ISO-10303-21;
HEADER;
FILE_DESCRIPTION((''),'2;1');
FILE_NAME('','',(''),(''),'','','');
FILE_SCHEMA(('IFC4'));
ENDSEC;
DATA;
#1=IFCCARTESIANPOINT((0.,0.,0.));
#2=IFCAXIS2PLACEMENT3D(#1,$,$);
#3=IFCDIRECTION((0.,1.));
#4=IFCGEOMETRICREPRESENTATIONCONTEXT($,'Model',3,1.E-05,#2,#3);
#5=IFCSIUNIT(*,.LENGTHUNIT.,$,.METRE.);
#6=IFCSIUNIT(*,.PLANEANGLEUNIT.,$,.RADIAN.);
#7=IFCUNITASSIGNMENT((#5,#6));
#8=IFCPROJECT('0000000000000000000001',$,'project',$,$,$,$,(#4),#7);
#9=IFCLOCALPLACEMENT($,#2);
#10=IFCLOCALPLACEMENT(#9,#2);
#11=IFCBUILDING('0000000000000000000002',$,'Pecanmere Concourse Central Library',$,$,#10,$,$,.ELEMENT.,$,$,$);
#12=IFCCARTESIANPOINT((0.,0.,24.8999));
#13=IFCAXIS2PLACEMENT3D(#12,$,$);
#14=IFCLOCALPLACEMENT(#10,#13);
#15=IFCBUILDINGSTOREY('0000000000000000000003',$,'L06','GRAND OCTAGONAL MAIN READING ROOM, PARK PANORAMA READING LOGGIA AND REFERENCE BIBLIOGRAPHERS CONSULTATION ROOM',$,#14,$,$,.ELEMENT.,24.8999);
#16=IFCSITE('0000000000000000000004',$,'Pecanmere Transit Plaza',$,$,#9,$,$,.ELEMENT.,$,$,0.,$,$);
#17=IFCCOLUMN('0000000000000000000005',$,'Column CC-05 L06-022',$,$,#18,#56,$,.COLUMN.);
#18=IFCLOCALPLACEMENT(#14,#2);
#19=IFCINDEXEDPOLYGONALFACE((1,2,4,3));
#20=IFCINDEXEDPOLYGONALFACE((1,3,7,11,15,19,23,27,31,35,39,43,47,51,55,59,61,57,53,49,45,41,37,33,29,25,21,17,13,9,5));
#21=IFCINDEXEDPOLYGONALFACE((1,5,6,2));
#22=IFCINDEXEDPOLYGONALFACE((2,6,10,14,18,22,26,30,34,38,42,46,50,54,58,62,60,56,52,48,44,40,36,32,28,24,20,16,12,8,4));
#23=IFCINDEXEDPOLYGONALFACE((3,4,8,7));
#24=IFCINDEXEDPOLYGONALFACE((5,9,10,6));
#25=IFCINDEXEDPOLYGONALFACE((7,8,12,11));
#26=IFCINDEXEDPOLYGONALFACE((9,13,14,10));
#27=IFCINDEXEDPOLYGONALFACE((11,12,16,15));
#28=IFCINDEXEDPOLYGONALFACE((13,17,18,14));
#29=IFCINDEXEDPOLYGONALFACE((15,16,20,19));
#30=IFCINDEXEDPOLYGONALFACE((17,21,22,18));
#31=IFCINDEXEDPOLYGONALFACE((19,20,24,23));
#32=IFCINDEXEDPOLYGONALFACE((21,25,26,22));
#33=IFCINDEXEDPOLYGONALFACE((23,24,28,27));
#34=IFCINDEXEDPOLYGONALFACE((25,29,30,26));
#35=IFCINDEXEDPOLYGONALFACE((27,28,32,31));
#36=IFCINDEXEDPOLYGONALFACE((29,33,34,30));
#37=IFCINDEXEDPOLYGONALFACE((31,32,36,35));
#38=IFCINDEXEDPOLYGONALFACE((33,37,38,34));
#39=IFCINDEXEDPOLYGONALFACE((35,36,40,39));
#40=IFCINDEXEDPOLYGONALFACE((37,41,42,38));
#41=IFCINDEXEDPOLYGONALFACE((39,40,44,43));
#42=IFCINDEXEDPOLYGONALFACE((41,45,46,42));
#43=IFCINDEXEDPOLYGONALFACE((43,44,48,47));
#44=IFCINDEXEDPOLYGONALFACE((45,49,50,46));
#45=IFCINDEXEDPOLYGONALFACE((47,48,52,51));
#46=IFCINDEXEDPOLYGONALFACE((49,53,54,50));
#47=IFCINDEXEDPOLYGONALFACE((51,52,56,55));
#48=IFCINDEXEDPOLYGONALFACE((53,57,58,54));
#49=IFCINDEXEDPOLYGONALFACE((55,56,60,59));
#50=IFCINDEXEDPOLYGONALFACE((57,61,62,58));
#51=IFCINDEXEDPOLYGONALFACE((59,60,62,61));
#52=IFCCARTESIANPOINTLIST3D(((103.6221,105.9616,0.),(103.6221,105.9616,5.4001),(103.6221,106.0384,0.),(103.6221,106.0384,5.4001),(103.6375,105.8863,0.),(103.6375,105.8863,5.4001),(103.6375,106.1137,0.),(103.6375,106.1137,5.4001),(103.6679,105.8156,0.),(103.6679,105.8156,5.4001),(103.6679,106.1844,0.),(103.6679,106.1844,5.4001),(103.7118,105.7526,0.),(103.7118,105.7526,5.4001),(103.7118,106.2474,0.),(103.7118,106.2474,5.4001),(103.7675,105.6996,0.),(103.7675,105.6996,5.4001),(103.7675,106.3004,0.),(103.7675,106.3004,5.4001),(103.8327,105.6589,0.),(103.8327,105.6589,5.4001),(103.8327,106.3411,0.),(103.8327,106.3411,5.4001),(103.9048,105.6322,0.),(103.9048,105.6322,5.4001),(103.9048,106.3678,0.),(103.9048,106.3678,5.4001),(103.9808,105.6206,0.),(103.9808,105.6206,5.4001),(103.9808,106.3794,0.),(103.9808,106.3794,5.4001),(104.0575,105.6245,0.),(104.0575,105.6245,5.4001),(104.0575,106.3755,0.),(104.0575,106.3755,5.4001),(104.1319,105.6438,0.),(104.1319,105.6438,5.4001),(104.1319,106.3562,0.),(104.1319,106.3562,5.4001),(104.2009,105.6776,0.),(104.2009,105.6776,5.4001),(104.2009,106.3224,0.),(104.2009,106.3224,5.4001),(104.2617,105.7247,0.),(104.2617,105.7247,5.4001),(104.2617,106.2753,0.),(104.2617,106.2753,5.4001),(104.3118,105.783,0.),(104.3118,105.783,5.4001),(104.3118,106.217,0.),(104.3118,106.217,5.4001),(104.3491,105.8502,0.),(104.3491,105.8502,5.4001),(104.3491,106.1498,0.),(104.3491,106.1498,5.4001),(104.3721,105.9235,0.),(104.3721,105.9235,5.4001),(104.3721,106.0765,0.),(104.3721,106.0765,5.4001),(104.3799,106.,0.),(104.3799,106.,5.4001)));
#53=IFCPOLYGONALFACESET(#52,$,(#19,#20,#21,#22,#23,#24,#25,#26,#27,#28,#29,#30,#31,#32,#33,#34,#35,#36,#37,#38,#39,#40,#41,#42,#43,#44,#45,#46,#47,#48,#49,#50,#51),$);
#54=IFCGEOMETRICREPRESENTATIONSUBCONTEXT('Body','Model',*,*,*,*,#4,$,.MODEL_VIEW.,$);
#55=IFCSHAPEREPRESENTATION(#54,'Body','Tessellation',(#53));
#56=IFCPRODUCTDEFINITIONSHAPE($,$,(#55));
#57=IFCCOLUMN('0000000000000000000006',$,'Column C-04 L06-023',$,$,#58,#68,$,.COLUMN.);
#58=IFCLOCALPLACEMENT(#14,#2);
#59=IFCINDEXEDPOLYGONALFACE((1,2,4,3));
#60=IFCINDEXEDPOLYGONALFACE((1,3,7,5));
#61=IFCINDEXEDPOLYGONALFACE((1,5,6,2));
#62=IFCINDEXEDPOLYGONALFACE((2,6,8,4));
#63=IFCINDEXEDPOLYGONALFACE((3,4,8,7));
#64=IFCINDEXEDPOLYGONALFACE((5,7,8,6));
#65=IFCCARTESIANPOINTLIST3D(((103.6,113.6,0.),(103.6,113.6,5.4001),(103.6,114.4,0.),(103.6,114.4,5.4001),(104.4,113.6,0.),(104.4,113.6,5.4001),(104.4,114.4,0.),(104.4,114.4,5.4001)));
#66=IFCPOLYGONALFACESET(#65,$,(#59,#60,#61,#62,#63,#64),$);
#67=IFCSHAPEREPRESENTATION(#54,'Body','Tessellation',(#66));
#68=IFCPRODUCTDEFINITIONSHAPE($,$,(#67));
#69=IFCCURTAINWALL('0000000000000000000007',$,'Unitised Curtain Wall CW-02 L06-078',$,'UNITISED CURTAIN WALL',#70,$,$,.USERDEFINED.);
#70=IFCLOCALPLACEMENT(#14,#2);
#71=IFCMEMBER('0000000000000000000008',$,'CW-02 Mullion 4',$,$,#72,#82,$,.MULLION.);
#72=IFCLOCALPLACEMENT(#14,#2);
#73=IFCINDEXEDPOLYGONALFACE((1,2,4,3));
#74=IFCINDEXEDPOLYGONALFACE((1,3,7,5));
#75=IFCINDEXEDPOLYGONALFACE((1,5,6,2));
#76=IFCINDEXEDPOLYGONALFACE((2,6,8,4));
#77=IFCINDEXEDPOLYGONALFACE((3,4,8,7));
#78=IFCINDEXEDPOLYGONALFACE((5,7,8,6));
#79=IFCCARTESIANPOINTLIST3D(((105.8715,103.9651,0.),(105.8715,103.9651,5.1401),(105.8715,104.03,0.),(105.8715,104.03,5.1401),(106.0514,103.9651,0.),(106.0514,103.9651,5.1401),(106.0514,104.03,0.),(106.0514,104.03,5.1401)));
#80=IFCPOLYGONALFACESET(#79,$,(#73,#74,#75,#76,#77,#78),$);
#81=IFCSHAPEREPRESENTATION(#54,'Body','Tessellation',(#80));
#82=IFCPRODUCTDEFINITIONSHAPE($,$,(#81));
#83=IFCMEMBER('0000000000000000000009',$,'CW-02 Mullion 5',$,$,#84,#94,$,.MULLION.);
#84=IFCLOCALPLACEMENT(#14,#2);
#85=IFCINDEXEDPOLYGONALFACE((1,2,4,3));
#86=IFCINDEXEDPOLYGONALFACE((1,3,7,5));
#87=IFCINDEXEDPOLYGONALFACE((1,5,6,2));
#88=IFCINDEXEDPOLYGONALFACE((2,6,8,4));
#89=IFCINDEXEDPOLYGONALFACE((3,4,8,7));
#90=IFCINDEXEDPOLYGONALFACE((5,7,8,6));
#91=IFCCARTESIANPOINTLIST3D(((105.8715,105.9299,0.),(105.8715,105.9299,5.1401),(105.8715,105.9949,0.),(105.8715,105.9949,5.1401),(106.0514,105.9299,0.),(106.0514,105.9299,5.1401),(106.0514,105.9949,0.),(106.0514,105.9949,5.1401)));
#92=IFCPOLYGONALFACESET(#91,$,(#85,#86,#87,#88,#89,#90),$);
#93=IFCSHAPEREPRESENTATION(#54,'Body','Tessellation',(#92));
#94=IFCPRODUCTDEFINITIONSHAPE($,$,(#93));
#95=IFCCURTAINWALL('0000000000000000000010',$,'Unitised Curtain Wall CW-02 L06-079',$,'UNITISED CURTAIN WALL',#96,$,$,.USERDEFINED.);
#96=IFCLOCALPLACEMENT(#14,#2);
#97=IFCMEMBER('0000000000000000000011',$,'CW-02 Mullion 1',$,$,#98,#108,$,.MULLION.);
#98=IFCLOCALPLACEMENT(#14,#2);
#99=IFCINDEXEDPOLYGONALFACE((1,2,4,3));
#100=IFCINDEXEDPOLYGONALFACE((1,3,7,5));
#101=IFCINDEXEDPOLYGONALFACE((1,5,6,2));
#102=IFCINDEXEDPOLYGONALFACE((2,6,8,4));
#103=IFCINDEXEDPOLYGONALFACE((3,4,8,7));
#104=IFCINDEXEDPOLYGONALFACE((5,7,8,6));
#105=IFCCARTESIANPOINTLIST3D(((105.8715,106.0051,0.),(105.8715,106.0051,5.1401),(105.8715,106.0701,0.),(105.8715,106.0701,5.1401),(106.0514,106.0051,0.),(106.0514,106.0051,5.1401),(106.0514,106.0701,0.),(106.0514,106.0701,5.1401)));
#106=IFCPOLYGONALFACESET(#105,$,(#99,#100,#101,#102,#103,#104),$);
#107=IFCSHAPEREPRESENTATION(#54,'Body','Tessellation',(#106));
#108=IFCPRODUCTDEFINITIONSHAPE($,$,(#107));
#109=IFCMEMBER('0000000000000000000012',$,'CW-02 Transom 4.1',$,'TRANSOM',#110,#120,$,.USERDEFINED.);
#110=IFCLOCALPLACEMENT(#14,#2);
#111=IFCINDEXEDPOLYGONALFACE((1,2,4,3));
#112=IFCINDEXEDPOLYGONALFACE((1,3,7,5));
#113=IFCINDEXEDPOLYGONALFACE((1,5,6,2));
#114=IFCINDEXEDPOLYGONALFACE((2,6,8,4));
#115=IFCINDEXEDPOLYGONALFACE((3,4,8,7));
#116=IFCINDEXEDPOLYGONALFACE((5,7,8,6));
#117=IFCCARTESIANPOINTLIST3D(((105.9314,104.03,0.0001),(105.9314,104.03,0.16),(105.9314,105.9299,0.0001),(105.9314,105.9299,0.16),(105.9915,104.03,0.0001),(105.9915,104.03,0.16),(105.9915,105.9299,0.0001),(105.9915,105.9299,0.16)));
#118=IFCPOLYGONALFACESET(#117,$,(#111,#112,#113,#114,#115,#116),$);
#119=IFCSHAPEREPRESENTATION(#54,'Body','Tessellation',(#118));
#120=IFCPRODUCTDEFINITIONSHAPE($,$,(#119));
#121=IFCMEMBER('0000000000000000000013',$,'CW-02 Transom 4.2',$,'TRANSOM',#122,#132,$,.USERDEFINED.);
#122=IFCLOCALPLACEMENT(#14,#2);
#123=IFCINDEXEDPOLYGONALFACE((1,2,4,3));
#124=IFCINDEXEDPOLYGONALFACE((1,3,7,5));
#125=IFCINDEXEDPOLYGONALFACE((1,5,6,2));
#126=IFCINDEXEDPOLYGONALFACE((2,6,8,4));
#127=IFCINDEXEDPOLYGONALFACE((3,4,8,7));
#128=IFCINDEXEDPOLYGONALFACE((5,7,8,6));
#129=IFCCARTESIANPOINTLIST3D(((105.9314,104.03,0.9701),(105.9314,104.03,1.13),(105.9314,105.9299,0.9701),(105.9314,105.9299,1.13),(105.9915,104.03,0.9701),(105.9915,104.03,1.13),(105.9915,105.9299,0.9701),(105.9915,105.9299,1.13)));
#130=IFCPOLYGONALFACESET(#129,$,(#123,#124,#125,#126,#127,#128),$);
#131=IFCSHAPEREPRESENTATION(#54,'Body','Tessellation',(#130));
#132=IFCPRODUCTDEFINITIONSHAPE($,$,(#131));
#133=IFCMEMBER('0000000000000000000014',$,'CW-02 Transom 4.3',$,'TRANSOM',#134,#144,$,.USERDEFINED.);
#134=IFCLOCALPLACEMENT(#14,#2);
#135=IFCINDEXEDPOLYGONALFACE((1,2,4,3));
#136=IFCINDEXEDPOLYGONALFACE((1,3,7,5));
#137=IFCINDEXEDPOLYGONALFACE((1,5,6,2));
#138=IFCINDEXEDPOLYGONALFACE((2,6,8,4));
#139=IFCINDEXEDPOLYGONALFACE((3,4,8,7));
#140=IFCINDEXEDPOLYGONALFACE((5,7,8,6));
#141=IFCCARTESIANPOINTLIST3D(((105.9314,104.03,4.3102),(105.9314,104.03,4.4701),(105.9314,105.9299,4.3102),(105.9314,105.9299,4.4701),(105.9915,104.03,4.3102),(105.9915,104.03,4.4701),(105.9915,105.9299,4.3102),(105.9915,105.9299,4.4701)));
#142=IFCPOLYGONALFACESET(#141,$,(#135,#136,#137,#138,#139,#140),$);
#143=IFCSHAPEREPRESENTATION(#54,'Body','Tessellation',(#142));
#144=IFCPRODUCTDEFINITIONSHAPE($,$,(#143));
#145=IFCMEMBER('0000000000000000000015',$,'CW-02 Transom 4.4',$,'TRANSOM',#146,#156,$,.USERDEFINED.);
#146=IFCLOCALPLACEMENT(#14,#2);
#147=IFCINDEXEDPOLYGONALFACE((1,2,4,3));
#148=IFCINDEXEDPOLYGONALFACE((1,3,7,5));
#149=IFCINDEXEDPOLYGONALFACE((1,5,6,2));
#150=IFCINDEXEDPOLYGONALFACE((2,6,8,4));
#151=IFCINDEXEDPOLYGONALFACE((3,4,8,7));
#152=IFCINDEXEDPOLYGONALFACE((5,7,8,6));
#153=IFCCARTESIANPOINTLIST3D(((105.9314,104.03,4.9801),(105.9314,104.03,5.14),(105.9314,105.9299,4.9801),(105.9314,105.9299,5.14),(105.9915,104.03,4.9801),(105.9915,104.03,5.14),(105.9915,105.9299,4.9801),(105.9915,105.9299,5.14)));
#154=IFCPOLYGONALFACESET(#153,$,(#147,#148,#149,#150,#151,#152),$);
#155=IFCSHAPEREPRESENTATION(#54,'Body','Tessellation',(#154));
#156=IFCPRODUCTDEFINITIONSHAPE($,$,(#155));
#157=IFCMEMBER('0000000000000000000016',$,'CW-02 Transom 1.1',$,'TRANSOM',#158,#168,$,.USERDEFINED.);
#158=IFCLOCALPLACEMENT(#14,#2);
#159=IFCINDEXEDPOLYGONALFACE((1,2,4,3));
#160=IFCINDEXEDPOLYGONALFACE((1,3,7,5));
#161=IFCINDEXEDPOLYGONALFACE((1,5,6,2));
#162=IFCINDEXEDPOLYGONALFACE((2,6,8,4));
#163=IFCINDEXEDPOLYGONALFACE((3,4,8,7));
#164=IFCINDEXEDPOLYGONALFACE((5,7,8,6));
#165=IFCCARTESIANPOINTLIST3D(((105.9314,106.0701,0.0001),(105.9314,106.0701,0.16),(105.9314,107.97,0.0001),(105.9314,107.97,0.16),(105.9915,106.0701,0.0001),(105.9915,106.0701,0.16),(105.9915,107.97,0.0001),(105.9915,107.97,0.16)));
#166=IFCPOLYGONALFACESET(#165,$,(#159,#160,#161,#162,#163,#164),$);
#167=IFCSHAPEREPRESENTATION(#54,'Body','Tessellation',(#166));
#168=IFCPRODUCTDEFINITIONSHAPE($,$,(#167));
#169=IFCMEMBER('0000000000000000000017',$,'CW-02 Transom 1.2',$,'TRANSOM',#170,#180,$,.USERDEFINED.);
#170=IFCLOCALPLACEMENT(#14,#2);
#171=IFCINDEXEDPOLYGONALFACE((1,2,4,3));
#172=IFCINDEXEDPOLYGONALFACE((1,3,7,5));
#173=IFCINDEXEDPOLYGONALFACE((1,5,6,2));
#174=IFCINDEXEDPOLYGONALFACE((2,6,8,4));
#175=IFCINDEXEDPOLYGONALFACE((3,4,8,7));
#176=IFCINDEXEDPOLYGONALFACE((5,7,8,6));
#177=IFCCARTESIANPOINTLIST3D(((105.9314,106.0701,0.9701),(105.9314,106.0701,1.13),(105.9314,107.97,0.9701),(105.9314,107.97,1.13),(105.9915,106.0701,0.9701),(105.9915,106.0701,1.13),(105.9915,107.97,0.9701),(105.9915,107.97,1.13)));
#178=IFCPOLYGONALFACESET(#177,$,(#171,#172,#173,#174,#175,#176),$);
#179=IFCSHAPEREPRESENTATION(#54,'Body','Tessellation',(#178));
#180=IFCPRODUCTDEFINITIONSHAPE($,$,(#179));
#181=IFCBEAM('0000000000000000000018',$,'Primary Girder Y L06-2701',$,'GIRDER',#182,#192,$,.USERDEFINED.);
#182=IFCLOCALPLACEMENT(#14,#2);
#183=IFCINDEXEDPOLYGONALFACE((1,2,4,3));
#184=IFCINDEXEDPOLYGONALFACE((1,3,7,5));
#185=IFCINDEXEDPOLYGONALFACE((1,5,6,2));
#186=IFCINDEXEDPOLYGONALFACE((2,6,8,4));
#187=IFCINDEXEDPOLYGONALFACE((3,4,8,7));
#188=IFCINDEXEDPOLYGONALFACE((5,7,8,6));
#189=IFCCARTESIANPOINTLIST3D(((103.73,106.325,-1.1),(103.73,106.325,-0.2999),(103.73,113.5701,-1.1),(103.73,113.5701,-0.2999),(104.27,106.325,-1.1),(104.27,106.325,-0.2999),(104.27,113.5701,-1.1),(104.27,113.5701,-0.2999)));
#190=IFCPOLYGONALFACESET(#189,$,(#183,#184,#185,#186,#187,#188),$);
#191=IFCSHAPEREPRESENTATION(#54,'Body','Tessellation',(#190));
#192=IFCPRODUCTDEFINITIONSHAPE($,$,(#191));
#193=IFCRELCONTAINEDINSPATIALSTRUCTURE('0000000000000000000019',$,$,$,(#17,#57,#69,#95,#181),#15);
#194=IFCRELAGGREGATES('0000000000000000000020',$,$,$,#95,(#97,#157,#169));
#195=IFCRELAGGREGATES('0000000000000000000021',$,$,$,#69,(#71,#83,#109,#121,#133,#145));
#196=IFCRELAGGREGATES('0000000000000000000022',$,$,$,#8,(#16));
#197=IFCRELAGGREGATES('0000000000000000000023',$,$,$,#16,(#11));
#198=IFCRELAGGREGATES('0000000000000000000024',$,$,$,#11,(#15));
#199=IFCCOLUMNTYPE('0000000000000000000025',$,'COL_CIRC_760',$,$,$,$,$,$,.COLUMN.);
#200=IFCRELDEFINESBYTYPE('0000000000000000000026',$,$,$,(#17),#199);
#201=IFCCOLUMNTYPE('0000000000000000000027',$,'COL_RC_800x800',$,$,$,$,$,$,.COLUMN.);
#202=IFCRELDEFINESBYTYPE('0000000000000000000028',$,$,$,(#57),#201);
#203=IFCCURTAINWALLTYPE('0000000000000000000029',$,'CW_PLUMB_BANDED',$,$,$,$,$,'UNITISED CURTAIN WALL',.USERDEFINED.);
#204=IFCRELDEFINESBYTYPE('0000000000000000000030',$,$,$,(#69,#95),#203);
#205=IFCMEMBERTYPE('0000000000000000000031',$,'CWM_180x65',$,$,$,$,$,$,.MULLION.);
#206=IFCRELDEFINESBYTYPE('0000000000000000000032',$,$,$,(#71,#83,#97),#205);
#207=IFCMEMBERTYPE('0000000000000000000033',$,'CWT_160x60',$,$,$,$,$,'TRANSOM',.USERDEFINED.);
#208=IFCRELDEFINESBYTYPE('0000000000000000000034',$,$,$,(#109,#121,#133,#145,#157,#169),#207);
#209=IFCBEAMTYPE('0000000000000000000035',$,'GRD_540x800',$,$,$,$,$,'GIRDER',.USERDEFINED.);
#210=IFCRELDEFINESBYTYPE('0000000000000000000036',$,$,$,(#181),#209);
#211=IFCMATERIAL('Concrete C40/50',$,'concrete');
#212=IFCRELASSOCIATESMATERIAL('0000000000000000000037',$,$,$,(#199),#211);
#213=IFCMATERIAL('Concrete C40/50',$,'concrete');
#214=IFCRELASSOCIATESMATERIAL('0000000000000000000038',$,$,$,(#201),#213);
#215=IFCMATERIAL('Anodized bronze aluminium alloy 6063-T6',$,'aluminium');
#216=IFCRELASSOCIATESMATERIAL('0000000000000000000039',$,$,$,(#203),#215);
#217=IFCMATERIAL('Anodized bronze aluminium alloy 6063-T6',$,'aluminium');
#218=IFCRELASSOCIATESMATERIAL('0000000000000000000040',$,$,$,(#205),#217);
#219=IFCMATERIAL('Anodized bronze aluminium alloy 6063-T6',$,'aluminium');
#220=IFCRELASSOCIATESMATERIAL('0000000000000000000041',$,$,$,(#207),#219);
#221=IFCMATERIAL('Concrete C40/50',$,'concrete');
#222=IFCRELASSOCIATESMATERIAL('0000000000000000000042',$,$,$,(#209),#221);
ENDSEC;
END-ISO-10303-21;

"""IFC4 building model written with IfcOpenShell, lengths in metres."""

from ifc_helpers import new_model, si_unit, direction, frame, origin, origin_2d, place, context, subcontext, project, spatial, rectangle, circle, extrude, material, material_profile, profile_set, type_object, element, aggregate, save


model = new_model("IFC4")

# Units and contexts
model_context = context("Model", 3, precision=1e-05, world=origin(), true_north=direction((0.0, 1.0)))
body_context = subcontext(model_context, "Body", "Model", "MODEL_VIEW")
ifc_project = project(units=[si_unit("LENGTHUNIT", "METRE"), si_unit("PLANEANGLEUNIT", "RADIAN")], contexts=[model_context])

# Site, building, storey
site_placement = place(None, origin())
site = spatial("IfcSite", under=ifc_project, at=site_placement, Name="Pecanmere Transit Plaza", CompositionType="ELEMENT", RefElevation=0.0)
building_placement = place(site_placement, origin())
building = spatial("IfcBuilding", under=site, at=building_placement, Name="Pecanmere Concourse Central Library", CompositionType="ELEMENT")
storey_placement = place(building_placement, frame((0.0, 0.0, 24.8999)))
storey = spatial("IfcBuildingStorey", under=building, at=storey_placement, Name="L06", Description="GRAND OCTAGONAL MAIN READING ROOM, PARK PANORAMA READING LOGGIA AND REFERENCE BIBLIOGRAPHERS CONSULTATION ROOM", CompositionType="ELEMENT", Elevation=24.8999)

# Columns
ifc_material_1 = material(Name="Concrete C40/50", Category="concrete")
ifc_material_profile_1 = material_profile(ifc_material_1, circle(Radius=0.3799, at=origin_2d()), Name="RC D760")
ifc_profile_set_1 = profile_set([ifc_material_profile_1], Name="Concrete C40/50")
column_type_1 = type_object("IfcColumnType", Name="COL_CIRC_760", PredefinedType="COLUMN", material=ifc_profile_set_1)
column_1_placement = place(storey_placement, frame((104.0, 106.0, 0.0), z_axis=(0.0, 0.0, 1.0), x_axis=(1.0, 0.0, 0.0)))
element("IfcColumn", 1, at=column_1_placement, inside=storey, type_object=column_type_1, Name="Column CC-05 L06-022", PredefinedType="COLUMN", context=body_context, shape_type="SweptSolid", body=[
    extrude(circle(Radius=0.3799, at=origin_2d()), origin(), (0.0, 0.0, 1.0), 5.4001),
])
ifc_material_2 = material(Name="Concrete C40/50", Category="concrete")
ifc_material_profile_2 = material_profile(ifc_material_2, rectangle(XDim=0.8, YDim=0.8, at=origin_2d()), Name="RC 800x800")
ifc_profile_set_2 = profile_set([ifc_material_profile_2], Name="Concrete C40/50")
column_type_2 = type_object("IfcColumnType", Name="COL_RC_800x800", PredefinedType="COLUMN", material=ifc_profile_set_2)
column_2_placement = place(storey_placement, frame((104.0, 114.0, 0.0), z_axis=(0.0, 0.0, 1.0), x_axis=(1.0, 0.0, 0.0)))
element("IfcColumn", 2, at=column_2_placement, inside=storey, type_object=column_type_2, Name="Column C-04 L06-023", PredefinedType="COLUMN", context=body_context, shape_type="SweptSolid", body=[
    extrude(rectangle(XDim=0.8, YDim=0.8, at=origin_2d()), origin(), (0.0, 0.0, 1.0), 5.4001),
])

# Curtain wall, members
ifc_material_3 = material(Name="Anodized bronze aluminium alloy 6063-T6", Category="aluminium")
curtain_wall_type = type_object("IfcCurtainWallType", Name="CW_PLUMB_BANDED", ElementType="UNITISED CURTAIN WALL", PredefinedType="USERDEFINED", material=ifc_material_3)
curtain_wall_1_placement = place(storey_placement, origin())
curtain_wall_1 = element("IfcCurtainWall", 3, at=curtain_wall_1_placement, inside=storey, type_object=curtain_wall_type, Name="Unitised Curtain Wall CW-02 L06-078", ObjectType="UNITISED CURTAIN WALL", PredefinedType="USERDEFINED")
ifc_material_4 = material(Name="Anodized bronze aluminium alloy 6063-T6", Category="aluminium")
ifc_material_profile_3 = material_profile(ifc_material_4, rectangle(XDim=0.0649, YDim=0.1799, at=origin_2d()), Name="AL 65x180")
ifc_profile_set_3 = profile_set([ifc_material_profile_3], Name="Anodized bronze aluminium alloy 6063-T6")
member_type_1 = type_object("IfcMemberType", Name="CWM_180x65", PredefinedType="MULLION", material=ifc_profile_set_3)
member_1_placement = place(storey_placement, frame((105.9614, 103.9976, 0.0), z_axis=(0.0, 0.0, 1.0), x_axis=(0.0, 1.0, 0.0)))
member_1 = element("IfcMember", 4, at=member_1_placement, type_object=member_type_1, Name="CW-02 Mullion 4", PredefinedType="MULLION", context=body_context, shape_type="SweptSolid", body=[
    extrude(rectangle(XDim=0.0649, YDim=0.1799, at=origin_2d()), origin(), (0.0, 0.0, 1.0), 5.1401),
])
member_2_placement = place(storey_placement, frame((105.9614, 105.9624, 0.0), z_axis=(0.0, 0.0, 1.0), x_axis=(0.0, 1.0, 0.0)))
member_2 = element("IfcMember", 5, at=member_2_placement, type_object=member_type_1, Name="CW-02 Mullion 5", PredefinedType="MULLION", context=body_context, shape_type="SweptSolid", body=[
    extrude(rectangle(XDim=0.0649, YDim=0.1799, at=origin_2d()), origin(), (0.0, 0.0, 1.0), 5.1401),
])

# Curtain wall, member
curtain_wall_2_placement = place(storey_placement, origin())
curtain_wall_2 = element("IfcCurtainWall", 6, at=curtain_wall_2_placement, inside=storey, type_object=curtain_wall_type, Name="Unitised Curtain Wall CW-02 L06-079", ObjectType="UNITISED CURTAIN WALL", PredefinedType="USERDEFINED")
member_3_placement = place(storey_placement, frame((105.9614, 106.0376, 0.0), z_axis=(0.0, 0.0, 1.0), x_axis=(0.0, 1.0, 0.0)))
member_3 = element("IfcMember", 7, at=member_3_placement, type_object=member_type_1, Name="CW-02 Mullion 1", PredefinedType="MULLION", context=body_context, shape_type="SweptSolid", body=[
    extrude(rectangle(XDim=0.0649, YDim=0.1799, at=origin_2d()), origin(), (0.0, 0.0, 1.0), 5.1401),
])

# Members
ifc_material_5 = material(Name="Anodized bronze aluminium alloy 6063-T6", Category="aluminium")
ifc_material_profile_4 = material_profile(ifc_material_5, rectangle(XDim=0.0601, YDim=0.1599, at=origin_2d()), Name="AL 60x160")
ifc_profile_set_4 = profile_set([ifc_material_profile_4], Name="Anodized bronze aluminium alloy 6063-T6")
member_type_2 = type_object("IfcMemberType", Name="CWT_160x60", ElementType="TRANSOM", PredefinedType="USERDEFINED", material=ifc_profile_set_4)
member_4_placement = place(storey_placement, frame((105.9614, 104.03, 0.0801), z_axis=(0.0, 1.0, 0.0), x_axis=(-1.0, 0.0, 0.0)))
member_4 = element("IfcMember", 8, at=member_4_placement, type_object=member_type_2, Name="CW-02 Transom 4.1", ObjectType="TRANSOM", PredefinedType="USERDEFINED", context=body_context, shape_type="SweptSolid", body=[
    extrude(rectangle(XDim=0.0601, YDim=0.1599, at=origin_2d()), origin(), (0.0, 0.0, 1.0), 1.8999),
])
member_5_placement = place(storey_placement, frame((105.9614, 104.03, 1.05), z_axis=(0.0, 1.0, 0.0), x_axis=(-1.0, 0.0, 0.0)))
member_5 = element("IfcMember", 9, at=member_5_placement, type_object=member_type_2, Name="CW-02 Transom 4.2", ObjectType="TRANSOM", PredefinedType="USERDEFINED", context=body_context, shape_type="SweptSolid", body=[
    extrude(rectangle(XDim=0.0601, YDim=0.1599, at=origin_2d()), origin(), (0.0, 0.0, 1.0), 1.8999),
])
member_6_placement = place(storey_placement, frame((105.9614, 104.03, 4.3901), z_axis=(0.0, 1.0, 0.0), x_axis=(-1.0, 0.0, 0.0)))
member_6 = element("IfcMember", 10, at=member_6_placement, type_object=member_type_2, Name="CW-02 Transom 4.3", ObjectType="TRANSOM", PredefinedType="USERDEFINED", context=body_context, shape_type="SweptSolid", body=[
    extrude(rectangle(XDim=0.0601, YDim=0.1599, at=origin_2d()), origin(), (0.0, 0.0, 1.0), 1.8999),
])
member_7_placement = place(storey_placement, frame((105.9614, 104.03, 5.0601), z_axis=(0.0, 1.0, 0.0), x_axis=(-1.0, 0.0, 0.0)))
member_7 = element("IfcMember", 11, at=member_7_placement, type_object=member_type_2, Name="CW-02 Transom 4.4", ObjectType="TRANSOM", PredefinedType="USERDEFINED", context=body_context, shape_type="SweptSolid", body=[
    extrude(rectangle(XDim=0.0601, YDim=0.1599, at=origin_2d()), origin(), (0.0, 0.0, 1.0), 1.8999),
])
member_8_placement = place(storey_placement, frame((105.9614, 106.0701, 0.0801), z_axis=(0.0, 1.0, 0.0), x_axis=(-1.0, 0.0, 0.0)))
member_8 = element("IfcMember", 12, at=member_8_placement, type_object=member_type_2, Name="CW-02 Transom 1.1", ObjectType="TRANSOM", PredefinedType="USERDEFINED", context=body_context, shape_type="SweptSolid", body=[
    extrude(rectangle(XDim=0.0601, YDim=0.1599, at=origin_2d()), origin(), (0.0, 0.0, 1.0), 1.8999),
])
member_9_placement = place(storey_placement, frame((105.9614, 106.0701, 1.05), z_axis=(0.0, 1.0, 0.0), x_axis=(-1.0, 0.0, 0.0)))
member_9 = element("IfcMember", 13, at=member_9_placement, type_object=member_type_2, Name="CW-02 Transom 1.2", ObjectType="TRANSOM", PredefinedType="USERDEFINED", context=body_context, shape_type="SweptSolid", body=[
    extrude(rectangle(XDim=0.0601, YDim=0.1599, at=origin_2d()), origin(), (0.0, 0.0, 1.0), 1.8999),
])
aggregate(curtain_wall_2, [member_3, member_8, member_9])

# Beam
ifc_material_6 = material(Name="Concrete C40/50", Category="concrete")
ifc_material_profile_5 = material_profile(ifc_material_6, rectangle(XDim=0.54, YDim=0.8, at=origin_2d()), Name="RC 540x800")
ifc_profile_set_5 = profile_set([ifc_material_profile_5], Name="Concrete C40/50")
beam_type_1 = type_object("IfcBeamType", Name="GRD_540x800", ElementType="GIRDER", PredefinedType="USERDEFINED", material=ifc_profile_set_5)
beam_1_placement = place(storey_placement, frame((104.0, 106.325, -0.7), z_axis=(0.0, 1.0, 0.0), x_axis=(-1.0, 0.0, 0.0)))
element("IfcBeam", 14, at=beam_1_placement, inside=storey, type_object=beam_type_1, Name="Primary Girder Y L06-2701", ObjectType="GIRDER", PredefinedType="USERDEFINED", context=body_context, shape_type="SweptSolid", body=[
    extrude(rectangle(XDim=0.54, YDim=0.8, at=origin_2d()), origin(), (0.0, 0.0, 1.0), 7.2451),
])

aggregate(curtain_wall_1, [member_1, member_2, member_4, member_5, member_6, member_7])

save(model, "model.ifc")
